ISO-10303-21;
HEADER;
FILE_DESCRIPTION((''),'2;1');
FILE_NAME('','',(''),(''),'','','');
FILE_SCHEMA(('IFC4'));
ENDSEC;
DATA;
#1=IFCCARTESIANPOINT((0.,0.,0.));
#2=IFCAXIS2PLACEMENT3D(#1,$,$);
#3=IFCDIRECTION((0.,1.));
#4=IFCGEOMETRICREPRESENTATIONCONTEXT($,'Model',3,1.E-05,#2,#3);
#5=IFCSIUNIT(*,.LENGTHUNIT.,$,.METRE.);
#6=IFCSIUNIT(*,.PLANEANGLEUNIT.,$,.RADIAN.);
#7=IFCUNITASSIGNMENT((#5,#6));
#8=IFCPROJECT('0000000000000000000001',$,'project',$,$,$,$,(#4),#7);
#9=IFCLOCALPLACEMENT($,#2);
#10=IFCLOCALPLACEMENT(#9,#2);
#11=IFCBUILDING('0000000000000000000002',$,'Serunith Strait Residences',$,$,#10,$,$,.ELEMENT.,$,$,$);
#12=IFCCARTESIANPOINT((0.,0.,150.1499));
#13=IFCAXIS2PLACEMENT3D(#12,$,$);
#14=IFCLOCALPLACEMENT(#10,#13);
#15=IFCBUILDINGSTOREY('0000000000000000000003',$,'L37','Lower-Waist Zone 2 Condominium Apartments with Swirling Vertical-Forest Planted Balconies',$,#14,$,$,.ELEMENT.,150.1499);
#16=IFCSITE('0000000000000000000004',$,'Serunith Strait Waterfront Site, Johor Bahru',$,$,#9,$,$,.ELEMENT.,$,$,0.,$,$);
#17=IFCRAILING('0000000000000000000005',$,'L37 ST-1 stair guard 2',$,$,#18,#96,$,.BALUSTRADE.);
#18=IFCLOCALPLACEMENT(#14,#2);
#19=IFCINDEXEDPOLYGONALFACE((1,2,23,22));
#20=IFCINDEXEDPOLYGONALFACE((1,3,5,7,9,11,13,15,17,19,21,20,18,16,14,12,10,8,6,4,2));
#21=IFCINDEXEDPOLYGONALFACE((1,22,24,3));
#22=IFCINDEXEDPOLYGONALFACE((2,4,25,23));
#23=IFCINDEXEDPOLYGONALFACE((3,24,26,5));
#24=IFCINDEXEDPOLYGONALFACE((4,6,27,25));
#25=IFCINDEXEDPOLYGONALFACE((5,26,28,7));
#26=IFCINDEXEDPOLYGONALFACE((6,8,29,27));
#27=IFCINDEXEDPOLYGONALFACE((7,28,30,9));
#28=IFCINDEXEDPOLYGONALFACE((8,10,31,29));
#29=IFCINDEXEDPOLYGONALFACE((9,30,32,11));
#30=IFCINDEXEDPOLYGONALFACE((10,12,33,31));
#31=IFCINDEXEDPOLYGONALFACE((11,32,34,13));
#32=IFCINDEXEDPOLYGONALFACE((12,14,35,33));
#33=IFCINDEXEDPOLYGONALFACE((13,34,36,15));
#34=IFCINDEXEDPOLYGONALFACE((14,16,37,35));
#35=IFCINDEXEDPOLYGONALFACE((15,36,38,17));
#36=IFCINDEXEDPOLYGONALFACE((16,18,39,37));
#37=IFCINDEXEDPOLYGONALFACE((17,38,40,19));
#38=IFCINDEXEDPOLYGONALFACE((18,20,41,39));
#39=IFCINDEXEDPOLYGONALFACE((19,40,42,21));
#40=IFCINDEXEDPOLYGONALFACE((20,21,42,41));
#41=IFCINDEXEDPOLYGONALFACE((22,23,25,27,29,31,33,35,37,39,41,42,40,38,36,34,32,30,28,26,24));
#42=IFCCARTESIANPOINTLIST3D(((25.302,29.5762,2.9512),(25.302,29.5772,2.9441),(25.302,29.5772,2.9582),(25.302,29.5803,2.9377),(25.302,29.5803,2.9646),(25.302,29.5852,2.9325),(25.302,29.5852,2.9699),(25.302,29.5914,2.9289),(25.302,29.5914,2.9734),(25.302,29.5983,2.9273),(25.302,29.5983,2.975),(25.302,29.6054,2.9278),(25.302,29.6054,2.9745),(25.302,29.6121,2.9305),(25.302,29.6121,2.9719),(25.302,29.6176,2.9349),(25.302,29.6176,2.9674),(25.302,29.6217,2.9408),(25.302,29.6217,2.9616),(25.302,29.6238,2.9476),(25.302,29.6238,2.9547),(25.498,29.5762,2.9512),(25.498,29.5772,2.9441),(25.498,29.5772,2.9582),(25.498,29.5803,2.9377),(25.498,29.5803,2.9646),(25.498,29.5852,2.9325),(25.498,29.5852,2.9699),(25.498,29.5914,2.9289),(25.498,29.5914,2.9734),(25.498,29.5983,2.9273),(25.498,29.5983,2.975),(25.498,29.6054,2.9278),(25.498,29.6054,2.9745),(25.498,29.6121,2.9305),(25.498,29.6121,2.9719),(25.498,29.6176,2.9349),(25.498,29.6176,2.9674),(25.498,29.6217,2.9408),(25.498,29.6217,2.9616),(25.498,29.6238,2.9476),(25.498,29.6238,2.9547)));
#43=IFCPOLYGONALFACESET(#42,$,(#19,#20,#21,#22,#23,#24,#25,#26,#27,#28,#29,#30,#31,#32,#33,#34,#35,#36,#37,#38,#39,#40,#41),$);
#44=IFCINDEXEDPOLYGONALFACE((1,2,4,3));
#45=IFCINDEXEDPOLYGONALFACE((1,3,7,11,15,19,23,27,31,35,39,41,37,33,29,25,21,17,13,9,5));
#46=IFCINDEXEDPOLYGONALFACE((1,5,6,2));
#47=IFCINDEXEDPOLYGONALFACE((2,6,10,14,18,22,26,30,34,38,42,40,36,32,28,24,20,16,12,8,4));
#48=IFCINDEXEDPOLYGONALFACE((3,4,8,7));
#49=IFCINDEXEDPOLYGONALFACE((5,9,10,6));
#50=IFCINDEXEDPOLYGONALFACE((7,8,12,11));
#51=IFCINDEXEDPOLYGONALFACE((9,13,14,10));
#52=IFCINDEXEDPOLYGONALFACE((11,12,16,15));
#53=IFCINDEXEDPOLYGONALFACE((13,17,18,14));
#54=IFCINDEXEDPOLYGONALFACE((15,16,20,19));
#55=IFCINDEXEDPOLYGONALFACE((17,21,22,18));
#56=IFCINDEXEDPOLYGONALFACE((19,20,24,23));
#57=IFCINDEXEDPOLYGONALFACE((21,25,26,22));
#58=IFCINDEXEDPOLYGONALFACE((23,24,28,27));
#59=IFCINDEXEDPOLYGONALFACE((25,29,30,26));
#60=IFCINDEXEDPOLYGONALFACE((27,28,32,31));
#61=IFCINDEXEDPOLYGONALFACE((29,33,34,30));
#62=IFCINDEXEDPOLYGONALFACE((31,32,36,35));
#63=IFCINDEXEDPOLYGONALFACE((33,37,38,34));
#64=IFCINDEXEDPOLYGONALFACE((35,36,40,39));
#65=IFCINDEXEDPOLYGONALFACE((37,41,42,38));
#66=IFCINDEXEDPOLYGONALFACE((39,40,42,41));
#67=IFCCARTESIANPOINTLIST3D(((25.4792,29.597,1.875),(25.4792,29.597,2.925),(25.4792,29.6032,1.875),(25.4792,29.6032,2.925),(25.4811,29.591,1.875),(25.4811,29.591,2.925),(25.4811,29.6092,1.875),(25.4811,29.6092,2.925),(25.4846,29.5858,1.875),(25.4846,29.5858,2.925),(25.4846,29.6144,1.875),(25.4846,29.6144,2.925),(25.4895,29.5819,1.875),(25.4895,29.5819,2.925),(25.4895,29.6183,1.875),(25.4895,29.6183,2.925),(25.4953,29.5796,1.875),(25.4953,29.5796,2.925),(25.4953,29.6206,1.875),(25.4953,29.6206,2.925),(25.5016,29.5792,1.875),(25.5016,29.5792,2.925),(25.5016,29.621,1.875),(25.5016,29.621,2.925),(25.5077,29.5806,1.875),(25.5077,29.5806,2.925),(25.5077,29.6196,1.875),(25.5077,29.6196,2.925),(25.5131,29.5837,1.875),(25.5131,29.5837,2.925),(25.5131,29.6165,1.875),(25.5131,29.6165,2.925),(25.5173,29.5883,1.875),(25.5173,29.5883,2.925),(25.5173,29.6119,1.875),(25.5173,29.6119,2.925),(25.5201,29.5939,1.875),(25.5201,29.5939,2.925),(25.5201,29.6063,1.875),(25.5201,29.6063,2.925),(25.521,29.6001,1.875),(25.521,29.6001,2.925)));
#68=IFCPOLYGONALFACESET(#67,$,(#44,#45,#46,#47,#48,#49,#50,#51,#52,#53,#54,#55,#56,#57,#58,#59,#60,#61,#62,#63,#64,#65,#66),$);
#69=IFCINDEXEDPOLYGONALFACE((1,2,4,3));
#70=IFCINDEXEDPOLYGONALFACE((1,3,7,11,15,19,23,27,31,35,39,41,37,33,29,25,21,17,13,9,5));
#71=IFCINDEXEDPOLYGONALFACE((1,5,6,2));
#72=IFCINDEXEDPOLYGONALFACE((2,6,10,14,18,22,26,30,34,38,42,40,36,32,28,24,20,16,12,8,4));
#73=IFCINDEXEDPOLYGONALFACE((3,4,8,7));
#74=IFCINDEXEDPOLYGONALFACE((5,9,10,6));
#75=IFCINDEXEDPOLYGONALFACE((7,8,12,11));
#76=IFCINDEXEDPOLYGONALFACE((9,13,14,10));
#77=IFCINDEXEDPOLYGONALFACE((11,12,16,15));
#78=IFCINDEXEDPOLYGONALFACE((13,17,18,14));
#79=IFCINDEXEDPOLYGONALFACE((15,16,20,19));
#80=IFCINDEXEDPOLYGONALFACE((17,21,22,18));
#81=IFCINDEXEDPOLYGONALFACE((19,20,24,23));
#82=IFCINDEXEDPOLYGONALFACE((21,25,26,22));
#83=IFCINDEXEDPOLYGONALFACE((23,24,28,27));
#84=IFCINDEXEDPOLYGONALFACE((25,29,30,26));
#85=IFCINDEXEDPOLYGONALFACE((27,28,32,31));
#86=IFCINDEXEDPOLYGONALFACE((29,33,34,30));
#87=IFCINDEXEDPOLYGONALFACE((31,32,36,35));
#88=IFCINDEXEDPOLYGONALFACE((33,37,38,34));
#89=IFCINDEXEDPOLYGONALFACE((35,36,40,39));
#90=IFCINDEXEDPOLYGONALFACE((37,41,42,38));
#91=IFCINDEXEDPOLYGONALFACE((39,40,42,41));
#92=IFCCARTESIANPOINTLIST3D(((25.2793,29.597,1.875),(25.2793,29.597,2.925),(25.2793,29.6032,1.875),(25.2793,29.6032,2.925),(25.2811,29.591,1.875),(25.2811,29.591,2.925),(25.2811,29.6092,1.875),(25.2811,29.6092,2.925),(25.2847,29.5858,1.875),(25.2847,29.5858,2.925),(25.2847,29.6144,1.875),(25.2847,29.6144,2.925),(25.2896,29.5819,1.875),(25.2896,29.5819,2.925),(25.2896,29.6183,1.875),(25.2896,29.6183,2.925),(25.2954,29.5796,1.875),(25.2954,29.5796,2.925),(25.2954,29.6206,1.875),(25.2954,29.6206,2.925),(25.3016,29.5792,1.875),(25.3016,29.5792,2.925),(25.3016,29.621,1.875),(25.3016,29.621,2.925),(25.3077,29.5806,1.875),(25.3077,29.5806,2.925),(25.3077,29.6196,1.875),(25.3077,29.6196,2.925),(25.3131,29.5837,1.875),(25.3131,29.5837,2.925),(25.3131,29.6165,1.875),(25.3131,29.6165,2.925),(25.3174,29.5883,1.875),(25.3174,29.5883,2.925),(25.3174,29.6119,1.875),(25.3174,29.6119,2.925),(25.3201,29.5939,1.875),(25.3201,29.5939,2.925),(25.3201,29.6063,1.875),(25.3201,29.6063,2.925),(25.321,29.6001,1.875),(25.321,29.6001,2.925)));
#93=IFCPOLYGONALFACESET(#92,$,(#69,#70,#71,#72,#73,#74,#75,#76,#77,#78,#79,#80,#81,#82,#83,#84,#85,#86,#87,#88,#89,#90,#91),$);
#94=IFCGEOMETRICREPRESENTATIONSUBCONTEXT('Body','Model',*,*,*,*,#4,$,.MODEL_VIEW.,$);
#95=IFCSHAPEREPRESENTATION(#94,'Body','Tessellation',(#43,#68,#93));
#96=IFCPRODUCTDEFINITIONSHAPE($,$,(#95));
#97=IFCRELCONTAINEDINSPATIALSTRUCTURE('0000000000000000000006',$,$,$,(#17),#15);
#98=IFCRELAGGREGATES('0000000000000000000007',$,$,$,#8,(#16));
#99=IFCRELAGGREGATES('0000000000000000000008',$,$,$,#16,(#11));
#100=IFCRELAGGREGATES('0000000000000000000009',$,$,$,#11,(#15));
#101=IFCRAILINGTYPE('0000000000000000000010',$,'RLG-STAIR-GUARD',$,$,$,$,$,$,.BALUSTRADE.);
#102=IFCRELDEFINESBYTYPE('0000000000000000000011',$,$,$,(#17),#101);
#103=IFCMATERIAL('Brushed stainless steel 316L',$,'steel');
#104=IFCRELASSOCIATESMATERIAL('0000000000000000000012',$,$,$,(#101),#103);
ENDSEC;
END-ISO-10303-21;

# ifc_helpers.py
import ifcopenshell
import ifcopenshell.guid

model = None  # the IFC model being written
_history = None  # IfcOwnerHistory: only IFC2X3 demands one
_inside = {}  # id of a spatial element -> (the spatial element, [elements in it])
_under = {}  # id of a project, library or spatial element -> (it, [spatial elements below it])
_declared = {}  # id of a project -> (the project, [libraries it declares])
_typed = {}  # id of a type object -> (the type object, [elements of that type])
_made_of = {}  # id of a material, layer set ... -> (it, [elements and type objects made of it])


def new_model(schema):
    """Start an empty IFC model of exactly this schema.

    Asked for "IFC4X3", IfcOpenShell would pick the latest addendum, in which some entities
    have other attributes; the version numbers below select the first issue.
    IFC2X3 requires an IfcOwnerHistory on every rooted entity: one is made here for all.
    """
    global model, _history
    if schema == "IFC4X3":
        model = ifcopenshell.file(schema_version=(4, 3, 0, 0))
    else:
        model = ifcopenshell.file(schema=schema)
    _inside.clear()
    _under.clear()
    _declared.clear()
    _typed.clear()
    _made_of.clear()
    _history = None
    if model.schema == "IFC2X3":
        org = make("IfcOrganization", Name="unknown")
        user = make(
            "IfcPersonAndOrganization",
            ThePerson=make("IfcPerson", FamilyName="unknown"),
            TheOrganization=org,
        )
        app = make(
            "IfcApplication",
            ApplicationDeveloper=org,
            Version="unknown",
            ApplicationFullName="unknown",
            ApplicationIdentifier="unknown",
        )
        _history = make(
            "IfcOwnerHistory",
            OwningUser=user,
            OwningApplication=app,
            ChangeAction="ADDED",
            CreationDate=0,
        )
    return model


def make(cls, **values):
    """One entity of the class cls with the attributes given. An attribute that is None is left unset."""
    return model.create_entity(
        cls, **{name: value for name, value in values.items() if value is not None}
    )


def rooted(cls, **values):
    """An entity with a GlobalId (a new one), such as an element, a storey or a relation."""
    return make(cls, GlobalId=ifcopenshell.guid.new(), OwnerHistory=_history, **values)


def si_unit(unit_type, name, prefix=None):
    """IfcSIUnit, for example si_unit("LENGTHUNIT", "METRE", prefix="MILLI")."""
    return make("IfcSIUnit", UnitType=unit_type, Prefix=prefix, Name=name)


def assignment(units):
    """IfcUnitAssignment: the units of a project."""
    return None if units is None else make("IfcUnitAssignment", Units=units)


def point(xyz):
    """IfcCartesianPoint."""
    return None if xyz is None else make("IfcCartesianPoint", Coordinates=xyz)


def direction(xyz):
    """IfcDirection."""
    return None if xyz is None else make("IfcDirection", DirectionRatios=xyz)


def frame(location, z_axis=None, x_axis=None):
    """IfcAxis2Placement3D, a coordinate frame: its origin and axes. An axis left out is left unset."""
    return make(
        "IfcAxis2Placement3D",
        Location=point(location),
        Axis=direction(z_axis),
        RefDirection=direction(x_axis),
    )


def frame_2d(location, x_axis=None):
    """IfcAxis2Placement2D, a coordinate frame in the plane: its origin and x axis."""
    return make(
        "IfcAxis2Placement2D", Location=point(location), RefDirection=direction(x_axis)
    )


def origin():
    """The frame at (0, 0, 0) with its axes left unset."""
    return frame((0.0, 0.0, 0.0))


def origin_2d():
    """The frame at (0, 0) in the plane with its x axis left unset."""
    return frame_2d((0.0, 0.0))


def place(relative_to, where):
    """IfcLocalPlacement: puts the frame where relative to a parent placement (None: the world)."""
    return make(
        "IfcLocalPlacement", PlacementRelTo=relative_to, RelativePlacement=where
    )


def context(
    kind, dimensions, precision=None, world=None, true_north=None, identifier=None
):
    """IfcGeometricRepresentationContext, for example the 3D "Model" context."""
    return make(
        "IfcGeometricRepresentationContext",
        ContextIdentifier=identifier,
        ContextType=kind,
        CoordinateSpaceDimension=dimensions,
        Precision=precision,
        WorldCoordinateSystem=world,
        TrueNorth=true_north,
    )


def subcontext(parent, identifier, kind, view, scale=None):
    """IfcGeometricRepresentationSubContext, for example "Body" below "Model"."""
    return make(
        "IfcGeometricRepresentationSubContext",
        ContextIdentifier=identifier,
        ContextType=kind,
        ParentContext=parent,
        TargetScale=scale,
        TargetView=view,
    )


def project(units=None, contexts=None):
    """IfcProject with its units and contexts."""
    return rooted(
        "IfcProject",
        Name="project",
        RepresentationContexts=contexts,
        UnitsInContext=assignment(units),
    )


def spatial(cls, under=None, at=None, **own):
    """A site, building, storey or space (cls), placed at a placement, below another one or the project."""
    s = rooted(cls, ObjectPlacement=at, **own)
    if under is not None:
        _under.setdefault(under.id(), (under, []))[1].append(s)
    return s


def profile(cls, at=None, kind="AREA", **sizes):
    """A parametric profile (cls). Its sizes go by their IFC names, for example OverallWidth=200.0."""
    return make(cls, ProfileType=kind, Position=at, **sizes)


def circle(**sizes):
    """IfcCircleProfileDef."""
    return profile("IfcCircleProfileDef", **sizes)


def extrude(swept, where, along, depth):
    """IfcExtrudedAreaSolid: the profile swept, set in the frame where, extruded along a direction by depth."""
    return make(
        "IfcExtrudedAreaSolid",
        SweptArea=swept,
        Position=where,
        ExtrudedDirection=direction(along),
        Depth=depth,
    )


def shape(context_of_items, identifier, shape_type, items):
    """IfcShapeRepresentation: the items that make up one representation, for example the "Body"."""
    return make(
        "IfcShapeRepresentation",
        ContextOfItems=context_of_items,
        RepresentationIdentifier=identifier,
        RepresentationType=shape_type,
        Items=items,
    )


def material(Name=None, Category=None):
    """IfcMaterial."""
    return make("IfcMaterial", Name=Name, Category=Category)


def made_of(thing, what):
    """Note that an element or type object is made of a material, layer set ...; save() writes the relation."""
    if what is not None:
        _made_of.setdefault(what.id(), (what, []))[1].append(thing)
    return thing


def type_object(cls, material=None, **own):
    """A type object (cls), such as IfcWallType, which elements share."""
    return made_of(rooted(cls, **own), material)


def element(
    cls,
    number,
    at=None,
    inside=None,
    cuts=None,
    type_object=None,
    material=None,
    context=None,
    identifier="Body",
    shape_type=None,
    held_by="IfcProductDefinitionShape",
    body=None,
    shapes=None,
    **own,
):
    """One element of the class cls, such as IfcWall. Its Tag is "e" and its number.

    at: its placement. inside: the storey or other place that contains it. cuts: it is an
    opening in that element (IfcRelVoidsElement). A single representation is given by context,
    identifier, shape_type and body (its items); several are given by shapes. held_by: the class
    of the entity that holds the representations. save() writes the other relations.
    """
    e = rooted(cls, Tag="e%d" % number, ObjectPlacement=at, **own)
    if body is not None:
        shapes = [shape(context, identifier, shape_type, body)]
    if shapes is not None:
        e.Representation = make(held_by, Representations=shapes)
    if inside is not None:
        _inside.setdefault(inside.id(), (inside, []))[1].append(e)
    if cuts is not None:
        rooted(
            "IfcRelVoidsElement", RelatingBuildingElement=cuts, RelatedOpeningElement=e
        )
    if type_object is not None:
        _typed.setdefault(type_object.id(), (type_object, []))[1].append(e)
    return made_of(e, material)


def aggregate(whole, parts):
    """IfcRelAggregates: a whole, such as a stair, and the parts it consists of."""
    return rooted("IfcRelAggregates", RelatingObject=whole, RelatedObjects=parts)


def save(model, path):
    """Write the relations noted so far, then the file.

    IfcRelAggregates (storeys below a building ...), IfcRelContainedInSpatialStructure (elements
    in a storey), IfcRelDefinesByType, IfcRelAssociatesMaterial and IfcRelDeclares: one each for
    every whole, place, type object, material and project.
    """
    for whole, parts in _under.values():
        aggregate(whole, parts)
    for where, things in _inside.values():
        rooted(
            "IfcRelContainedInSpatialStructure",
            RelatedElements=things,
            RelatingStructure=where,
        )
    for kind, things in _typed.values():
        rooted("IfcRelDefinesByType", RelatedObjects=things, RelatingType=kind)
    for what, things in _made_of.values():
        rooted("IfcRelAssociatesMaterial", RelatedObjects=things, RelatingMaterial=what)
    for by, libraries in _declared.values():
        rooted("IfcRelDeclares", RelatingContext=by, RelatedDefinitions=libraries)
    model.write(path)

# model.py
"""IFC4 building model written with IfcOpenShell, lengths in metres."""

from ifc_helpers import new_model, si_unit, direction, frame, origin, origin_2d, place, context, subcontext, project, spatial, circle, extrude, material, type_object, element, save


model = new_model("IFC4")

# Units and contexts
model_context = context("Model", 3, precision=1e-05, world=origin(), true_north=direction((0.0, 1.0)))
body_context = subcontext(model_context, "Body", "Model", "MODEL_VIEW")
ifc_project = project(units=[si_unit("LENGTHUNIT", "METRE"), si_unit("PLANEANGLEUNIT", "RADIAN")], contexts=[model_context])

# Site, building, storey
site_placement = place(None, origin())
site = spatial("IfcSite", under=ifc_project, at=site_placement, Name="Serunith Strait Waterfront Site, Johor Bahru", CompositionType="ELEMENT", RefElevation=0.0)
building_placement = place(site_placement, origin())
building = spatial("IfcBuilding", under=site, at=building_placement, Name="Serunith Strait Residences", CompositionType="ELEMENT")
storey_placement = place(building_placement, frame((0.0, 0.0, 150.1499)))
storey = spatial("IfcBuildingStorey", under=building, at=storey_placement, Name="L37", Description="Lower-Waist Zone 2 Condominium Apartments with Swirling Vertical-Forest Planted Balconies", CompositionType="ELEMENT", Elevation=150.1499)

# Railing
ifc_material_1 = material(Name="Brushed stainless steel 316L", Category="steel")
railing_type_1 = type_object("IfcRailingType", Name="RLG-STAIR-GUARD", PredefinedType="BALUSTRADE", material=ifc_material_1)
railing_1_placement = place(storey_placement, frame((25.5, 29.6001, 1.875)))
element("IfcRailing", 1, at=railing_1_placement, inside=storey, type_object=railing_type_1, Name="L37 ST-1 stair guard 2", PredefinedType="BALUSTRADE", context=body_context, shape_type="SweptSolid", body=[
    extrude(circle(Radius=0.0239, at=origin_2d()), frame((-0.002, 0.0, 1.0762), z_axis=(-1.0, 0.0, 0.0), x_axis=(0.0, -1.0, 0.0)), (0.0, 0.0, 1.0), 0.196),
    extrude(circle(Radius=0.021, at=origin_2d()), origin(), (0.0, 0.0, 1.0), 1.05),
    extrude(circle(Radius=0.021, at=origin_2d()), frame((-0.2, 0.0, 0.0)), (0.0, 0.0, 1.0), 1.05),
])

save(model, "model.ifc")
